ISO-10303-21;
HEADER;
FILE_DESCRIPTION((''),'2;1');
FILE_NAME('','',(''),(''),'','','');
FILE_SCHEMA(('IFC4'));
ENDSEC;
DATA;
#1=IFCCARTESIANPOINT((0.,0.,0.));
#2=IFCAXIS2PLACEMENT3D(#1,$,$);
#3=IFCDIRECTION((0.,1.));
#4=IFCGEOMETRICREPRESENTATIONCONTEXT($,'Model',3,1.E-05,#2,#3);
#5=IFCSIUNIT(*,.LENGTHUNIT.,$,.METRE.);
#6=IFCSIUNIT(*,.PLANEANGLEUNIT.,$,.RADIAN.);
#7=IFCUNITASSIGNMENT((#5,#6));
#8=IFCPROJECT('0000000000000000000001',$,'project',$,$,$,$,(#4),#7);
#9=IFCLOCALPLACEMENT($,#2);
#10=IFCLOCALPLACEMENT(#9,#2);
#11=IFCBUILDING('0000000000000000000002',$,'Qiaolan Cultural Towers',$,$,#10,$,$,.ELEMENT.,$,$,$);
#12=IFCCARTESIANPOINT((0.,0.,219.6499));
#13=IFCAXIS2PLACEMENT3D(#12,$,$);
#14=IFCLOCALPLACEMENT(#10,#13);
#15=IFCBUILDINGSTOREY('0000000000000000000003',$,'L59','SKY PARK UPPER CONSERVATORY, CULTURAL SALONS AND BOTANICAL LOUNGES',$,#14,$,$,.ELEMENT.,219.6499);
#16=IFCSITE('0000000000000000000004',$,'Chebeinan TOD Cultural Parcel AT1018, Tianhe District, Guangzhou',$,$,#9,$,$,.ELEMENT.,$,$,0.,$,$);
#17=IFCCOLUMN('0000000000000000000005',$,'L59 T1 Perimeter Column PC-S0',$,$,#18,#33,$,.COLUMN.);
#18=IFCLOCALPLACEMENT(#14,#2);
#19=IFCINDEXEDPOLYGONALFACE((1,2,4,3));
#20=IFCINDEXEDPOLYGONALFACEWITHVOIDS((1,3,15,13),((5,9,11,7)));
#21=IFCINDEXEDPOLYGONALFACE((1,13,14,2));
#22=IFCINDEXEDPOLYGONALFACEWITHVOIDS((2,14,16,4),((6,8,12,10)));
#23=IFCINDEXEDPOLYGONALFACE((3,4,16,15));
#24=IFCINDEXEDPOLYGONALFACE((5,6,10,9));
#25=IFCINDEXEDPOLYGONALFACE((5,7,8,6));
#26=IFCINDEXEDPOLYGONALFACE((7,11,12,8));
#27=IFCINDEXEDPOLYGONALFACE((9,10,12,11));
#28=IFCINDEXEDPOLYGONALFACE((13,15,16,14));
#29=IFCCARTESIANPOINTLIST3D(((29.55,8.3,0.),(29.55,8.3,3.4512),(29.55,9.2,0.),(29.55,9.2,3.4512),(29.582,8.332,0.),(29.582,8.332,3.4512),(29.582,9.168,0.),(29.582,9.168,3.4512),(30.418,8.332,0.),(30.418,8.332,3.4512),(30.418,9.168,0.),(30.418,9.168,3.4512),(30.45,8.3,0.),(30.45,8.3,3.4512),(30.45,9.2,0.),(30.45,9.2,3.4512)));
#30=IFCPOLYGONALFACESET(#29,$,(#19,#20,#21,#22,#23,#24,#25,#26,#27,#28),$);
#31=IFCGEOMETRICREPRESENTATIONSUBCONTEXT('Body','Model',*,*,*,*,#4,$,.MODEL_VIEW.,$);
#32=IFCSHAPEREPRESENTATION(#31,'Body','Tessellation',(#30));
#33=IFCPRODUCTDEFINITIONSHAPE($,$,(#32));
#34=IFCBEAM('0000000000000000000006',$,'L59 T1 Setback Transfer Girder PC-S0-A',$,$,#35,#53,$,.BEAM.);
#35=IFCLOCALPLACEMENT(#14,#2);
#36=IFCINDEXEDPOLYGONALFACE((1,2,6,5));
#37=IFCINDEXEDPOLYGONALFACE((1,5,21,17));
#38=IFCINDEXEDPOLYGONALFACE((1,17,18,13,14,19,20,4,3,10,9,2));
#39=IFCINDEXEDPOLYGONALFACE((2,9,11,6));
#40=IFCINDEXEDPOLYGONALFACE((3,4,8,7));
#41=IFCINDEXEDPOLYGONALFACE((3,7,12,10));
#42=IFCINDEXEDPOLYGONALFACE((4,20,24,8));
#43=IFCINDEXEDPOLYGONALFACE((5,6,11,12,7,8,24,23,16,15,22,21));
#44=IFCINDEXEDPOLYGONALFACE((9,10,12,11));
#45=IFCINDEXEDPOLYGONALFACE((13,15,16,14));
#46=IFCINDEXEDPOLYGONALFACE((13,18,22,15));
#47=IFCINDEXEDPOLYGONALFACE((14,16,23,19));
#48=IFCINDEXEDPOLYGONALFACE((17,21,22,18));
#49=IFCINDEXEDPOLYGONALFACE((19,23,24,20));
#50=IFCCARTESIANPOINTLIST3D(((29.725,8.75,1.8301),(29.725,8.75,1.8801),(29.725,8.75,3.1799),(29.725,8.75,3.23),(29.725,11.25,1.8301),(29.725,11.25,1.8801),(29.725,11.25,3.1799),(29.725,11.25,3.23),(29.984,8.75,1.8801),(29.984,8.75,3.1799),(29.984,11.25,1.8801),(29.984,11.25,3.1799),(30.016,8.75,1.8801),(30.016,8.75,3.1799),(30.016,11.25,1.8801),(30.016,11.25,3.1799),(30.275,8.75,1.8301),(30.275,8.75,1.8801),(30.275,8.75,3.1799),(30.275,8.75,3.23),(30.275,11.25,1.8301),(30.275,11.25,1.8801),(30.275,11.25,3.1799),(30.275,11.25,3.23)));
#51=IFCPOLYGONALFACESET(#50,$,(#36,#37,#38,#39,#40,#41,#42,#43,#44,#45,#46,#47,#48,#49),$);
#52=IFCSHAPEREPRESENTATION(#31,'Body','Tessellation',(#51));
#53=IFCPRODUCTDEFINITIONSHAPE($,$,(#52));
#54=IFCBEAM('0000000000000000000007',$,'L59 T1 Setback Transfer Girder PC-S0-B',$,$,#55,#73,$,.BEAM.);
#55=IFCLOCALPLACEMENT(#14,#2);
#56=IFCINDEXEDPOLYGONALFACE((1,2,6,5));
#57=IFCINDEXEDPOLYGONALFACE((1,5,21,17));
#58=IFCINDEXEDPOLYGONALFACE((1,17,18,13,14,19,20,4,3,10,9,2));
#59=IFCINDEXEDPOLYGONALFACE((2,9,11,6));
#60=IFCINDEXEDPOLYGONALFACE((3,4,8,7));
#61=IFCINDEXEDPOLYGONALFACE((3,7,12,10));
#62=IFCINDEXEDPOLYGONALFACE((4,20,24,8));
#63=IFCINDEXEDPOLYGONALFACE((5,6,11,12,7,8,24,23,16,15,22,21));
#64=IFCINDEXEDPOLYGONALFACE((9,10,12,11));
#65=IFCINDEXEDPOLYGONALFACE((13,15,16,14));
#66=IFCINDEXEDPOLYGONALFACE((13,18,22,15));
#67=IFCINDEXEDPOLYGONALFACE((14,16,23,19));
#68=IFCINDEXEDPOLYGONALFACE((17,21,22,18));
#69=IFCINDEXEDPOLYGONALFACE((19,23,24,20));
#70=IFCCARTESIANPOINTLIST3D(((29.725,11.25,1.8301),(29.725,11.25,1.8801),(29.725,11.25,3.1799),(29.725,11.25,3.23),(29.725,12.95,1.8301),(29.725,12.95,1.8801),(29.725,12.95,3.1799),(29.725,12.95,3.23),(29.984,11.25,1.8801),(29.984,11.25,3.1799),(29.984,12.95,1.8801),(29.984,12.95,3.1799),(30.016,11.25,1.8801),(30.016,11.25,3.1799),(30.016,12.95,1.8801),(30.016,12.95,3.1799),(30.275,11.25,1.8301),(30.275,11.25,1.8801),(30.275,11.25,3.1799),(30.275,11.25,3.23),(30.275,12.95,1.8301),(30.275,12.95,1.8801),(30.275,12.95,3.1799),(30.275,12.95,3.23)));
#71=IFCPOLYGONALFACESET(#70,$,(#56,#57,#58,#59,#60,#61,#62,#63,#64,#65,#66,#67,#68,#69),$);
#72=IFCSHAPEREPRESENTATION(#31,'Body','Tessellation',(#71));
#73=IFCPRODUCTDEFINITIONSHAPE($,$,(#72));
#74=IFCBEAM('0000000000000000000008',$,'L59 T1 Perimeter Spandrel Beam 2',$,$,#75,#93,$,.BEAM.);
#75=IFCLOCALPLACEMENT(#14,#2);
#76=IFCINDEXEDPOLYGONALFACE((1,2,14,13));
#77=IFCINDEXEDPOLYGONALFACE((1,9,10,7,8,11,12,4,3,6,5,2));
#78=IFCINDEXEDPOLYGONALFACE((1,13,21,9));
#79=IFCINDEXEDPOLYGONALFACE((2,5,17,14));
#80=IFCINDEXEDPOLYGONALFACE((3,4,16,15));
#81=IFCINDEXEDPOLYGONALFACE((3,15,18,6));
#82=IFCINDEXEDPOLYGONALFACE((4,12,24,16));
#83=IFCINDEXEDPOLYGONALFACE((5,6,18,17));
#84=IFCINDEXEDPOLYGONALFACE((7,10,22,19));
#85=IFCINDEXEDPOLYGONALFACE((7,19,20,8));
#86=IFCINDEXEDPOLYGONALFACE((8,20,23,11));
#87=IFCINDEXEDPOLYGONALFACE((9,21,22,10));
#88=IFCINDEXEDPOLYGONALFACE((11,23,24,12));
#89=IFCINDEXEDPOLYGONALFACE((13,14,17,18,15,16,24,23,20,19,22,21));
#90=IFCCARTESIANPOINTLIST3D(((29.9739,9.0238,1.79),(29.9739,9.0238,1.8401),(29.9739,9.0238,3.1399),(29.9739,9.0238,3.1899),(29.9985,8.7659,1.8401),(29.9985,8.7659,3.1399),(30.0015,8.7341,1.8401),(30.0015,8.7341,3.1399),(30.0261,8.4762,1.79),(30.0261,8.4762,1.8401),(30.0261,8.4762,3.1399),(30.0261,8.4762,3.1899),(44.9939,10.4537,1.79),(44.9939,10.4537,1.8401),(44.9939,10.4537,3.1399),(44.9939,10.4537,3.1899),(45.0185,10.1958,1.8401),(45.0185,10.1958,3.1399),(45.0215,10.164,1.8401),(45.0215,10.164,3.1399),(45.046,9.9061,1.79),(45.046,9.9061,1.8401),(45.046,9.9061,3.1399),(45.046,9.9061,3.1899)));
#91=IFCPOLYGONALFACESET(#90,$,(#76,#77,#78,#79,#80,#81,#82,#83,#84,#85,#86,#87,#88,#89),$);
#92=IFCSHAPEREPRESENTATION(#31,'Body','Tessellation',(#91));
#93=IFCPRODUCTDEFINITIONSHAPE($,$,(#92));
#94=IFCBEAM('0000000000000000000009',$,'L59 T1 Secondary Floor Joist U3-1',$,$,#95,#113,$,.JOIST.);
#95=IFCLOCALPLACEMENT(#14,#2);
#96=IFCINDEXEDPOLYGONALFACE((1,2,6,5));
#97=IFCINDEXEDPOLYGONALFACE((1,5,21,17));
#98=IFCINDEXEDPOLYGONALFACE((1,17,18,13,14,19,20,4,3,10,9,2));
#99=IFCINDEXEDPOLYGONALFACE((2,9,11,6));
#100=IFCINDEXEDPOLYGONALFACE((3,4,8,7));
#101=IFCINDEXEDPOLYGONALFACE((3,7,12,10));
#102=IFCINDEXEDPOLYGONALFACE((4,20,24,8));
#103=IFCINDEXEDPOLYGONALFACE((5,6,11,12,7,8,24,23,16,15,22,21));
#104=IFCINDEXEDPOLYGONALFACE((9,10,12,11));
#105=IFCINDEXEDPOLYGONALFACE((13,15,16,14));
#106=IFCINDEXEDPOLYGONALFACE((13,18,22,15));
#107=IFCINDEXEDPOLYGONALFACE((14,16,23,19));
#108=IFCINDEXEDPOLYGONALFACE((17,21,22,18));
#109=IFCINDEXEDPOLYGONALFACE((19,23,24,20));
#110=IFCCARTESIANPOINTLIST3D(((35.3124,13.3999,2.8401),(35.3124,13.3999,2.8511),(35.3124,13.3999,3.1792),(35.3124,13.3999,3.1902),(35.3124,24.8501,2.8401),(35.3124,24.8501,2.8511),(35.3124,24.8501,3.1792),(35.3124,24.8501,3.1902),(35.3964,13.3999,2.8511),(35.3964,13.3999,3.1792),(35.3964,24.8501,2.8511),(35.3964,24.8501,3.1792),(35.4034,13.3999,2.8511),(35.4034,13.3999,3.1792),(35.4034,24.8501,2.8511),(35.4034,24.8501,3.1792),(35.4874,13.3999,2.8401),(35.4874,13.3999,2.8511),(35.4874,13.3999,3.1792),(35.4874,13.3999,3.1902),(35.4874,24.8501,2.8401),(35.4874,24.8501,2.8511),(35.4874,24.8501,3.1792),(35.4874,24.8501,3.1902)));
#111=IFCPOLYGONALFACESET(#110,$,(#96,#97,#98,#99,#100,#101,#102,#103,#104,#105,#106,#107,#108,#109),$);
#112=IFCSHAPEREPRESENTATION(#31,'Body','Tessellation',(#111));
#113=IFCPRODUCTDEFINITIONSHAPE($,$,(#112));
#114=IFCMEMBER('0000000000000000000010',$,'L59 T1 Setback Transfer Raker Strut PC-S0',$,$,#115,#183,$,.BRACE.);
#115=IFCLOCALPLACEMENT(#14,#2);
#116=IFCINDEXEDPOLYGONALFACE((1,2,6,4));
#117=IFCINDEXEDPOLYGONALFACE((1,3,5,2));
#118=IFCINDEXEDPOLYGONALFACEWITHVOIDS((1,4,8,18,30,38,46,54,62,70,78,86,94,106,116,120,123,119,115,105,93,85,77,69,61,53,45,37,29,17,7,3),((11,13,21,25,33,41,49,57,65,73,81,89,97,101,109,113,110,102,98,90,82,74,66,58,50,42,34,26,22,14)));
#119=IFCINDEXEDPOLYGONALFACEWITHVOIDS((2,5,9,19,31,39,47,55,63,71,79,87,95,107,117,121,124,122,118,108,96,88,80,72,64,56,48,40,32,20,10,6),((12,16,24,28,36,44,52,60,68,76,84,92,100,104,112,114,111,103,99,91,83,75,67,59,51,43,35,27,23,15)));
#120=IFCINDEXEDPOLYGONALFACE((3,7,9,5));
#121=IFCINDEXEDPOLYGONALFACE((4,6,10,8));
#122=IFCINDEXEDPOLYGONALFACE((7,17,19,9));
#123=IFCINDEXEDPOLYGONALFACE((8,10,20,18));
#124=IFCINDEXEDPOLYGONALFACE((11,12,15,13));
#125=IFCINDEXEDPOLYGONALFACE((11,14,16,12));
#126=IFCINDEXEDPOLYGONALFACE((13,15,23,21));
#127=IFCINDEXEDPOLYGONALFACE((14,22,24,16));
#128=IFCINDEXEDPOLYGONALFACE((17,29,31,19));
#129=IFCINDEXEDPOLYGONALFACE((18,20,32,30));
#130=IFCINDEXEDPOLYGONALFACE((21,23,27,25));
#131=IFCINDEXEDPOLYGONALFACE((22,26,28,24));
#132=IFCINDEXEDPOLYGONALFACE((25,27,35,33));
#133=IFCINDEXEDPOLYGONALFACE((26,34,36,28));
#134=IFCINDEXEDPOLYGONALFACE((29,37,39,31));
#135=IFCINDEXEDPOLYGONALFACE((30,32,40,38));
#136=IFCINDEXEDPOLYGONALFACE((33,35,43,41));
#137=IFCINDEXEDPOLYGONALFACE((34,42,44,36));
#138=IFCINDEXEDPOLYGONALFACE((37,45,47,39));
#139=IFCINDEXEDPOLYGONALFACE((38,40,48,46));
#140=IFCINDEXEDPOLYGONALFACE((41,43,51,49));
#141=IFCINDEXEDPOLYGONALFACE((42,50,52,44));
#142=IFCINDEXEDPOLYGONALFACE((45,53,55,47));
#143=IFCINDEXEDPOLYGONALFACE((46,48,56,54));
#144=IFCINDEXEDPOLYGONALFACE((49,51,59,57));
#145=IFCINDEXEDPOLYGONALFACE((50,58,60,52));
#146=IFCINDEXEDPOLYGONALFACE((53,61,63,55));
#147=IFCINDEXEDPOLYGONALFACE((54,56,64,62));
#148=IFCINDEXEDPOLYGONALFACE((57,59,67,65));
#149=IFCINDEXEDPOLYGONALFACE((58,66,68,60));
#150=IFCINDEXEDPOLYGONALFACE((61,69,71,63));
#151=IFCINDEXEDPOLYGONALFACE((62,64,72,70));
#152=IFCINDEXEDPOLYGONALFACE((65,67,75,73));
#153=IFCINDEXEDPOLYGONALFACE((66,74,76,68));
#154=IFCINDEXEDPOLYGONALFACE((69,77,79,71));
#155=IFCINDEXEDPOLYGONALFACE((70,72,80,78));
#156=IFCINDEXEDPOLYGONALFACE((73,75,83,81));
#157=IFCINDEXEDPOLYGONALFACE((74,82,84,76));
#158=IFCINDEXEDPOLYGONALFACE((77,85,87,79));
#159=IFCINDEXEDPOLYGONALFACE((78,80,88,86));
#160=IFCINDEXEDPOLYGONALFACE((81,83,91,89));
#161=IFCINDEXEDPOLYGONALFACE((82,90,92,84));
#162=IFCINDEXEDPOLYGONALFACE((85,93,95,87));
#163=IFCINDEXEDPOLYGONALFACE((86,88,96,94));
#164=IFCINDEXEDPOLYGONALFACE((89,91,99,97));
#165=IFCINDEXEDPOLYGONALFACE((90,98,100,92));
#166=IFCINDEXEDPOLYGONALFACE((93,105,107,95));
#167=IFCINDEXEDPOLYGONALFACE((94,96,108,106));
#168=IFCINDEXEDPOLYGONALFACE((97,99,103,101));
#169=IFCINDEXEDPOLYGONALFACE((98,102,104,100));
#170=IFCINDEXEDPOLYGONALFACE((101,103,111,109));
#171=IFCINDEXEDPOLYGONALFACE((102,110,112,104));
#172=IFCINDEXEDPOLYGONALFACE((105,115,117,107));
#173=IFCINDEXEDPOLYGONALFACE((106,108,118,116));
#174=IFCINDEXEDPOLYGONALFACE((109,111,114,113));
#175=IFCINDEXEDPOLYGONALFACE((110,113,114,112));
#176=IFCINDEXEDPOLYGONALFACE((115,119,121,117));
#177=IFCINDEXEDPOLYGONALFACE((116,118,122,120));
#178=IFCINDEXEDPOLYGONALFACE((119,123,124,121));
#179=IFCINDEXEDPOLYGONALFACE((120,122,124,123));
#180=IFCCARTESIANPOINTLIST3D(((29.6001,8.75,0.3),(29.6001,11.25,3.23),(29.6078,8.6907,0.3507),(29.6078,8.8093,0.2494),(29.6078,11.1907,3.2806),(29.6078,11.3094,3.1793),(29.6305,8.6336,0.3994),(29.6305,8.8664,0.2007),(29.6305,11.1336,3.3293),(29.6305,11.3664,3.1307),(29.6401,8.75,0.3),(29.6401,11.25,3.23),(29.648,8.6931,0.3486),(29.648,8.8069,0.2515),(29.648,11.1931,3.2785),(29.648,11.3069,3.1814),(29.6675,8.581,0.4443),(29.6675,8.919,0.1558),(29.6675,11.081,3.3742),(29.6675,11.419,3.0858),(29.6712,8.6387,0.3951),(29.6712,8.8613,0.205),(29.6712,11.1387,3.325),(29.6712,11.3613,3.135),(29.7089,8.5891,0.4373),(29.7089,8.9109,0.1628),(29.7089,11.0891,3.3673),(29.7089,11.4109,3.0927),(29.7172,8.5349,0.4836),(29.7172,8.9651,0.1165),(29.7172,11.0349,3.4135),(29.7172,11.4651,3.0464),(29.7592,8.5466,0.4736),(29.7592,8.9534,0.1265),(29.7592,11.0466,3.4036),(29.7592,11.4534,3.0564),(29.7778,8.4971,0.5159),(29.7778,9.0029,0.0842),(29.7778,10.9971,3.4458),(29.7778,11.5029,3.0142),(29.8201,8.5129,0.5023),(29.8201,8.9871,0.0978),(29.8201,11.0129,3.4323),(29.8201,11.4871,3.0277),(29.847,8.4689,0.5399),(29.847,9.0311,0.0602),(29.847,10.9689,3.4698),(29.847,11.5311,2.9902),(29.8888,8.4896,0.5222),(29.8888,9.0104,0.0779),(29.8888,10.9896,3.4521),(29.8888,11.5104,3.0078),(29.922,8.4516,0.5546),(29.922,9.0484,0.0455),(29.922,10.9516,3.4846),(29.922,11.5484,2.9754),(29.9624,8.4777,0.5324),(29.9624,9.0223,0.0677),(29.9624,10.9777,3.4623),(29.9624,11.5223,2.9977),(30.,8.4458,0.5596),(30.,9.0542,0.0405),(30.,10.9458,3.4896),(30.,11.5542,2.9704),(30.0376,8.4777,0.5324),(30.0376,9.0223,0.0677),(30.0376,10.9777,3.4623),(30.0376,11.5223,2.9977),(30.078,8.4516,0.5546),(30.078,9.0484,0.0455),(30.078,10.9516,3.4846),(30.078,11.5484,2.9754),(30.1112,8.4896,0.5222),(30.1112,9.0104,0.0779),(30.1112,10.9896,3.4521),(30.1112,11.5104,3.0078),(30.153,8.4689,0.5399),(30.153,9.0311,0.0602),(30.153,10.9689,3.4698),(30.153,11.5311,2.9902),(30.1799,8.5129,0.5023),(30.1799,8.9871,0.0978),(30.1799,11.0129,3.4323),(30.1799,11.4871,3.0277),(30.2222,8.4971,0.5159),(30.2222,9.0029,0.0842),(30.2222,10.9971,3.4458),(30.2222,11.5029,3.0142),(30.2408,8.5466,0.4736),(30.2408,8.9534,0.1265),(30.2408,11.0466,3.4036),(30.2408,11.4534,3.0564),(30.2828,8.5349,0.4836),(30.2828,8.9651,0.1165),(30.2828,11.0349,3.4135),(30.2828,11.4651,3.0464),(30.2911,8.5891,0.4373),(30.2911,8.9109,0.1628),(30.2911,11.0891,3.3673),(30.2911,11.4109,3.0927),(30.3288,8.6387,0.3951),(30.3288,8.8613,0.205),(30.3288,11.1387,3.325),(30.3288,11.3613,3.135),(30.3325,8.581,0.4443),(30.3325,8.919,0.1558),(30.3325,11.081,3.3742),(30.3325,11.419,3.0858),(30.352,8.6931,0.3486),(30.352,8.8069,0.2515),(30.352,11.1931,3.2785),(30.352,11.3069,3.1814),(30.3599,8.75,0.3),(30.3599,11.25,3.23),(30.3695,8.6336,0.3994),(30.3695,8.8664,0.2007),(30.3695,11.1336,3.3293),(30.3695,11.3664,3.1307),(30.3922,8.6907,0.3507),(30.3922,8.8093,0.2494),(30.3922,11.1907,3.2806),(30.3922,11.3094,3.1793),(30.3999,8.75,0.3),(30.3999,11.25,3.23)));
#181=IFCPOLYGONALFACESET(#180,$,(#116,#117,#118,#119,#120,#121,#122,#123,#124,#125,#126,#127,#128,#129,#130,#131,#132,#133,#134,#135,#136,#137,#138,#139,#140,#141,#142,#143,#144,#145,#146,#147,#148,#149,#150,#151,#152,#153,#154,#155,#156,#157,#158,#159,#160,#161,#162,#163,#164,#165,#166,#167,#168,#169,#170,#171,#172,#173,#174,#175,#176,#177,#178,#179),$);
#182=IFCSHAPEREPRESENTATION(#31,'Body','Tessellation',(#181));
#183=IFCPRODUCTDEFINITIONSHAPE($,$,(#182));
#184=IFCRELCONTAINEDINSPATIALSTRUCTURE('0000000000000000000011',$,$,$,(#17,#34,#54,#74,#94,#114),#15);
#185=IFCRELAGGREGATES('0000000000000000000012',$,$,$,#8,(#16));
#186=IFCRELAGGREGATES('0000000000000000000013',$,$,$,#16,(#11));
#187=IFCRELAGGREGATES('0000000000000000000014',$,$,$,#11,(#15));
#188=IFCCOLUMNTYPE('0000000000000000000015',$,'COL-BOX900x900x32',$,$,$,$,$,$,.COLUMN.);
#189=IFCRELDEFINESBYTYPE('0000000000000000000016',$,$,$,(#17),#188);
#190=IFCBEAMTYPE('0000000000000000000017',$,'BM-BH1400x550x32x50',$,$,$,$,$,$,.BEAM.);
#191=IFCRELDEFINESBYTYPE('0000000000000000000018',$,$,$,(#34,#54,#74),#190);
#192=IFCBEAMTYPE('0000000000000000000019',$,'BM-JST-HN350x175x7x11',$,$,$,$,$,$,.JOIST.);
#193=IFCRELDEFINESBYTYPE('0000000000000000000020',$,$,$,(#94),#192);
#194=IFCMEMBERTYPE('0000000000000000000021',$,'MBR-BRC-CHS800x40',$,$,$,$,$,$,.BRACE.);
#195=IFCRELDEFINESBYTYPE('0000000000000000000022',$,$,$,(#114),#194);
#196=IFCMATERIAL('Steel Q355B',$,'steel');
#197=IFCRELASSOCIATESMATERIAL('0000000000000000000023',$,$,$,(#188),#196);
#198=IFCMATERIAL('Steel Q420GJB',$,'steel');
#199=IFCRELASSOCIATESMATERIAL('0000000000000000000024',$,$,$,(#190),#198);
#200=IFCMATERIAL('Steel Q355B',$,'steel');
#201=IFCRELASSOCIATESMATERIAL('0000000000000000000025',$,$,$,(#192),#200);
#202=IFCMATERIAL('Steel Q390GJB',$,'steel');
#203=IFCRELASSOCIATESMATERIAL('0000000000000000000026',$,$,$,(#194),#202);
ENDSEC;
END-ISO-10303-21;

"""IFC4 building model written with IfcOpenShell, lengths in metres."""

from ifc_helpers import new_model, si_unit, direction, frame, origin, origin_2d, place, context, subcontext, project, spatial, hollow_rectangle, hollow_circle, i_section, extrude, material, material_profile, profile_set, type_object, element, save


model = new_model("IFC4")

# Units and contexts
model_context = context("Model", 3, precision=1e-05, world=origin(), true_north=direction((0.0, 1.0)))
body_context = subcontext(model_context, "Body", "Model", "MODEL_VIEW")
ifc_project = project(units=[si_unit("LENGTHUNIT", "METRE"), si_unit("PLANEANGLEUNIT", "RADIAN")], contexts=[model_context])

# Site, building, storey
site_placement = place(None, origin())
site = spatial("IfcSite", under=ifc_project, at=site_placement, Name="Chebeinan TOD Cultural Parcel AT1018, Tianhe District, Guangzhou", CompositionType="ELEMENT", RefElevation=0.0)
building_placement = place(site_placement, origin())
building = spatial("IfcBuilding", under=site, at=building_placement, Name="Qiaolan Cultural Towers", CompositionType="ELEMENT")
storey_placement = place(building_placement, frame((0.0, 0.0, 219.6499)))
storey = spatial("IfcBuildingStorey", under=building, at=storey_placement, Name="L59", Description="SKY PARK UPPER CONSERVATORY, CULTURAL SALONS AND BOTANICAL LOUNGES", CompositionType="ELEMENT", Elevation=219.6499)

# Column
ifc_material_1 = material(Name="Steel Q355B", Category="steel")
ifc_material_profile_1 = material_profile(ifc_material_1, hollow_rectangle(XDim=0.8999, YDim=0.8999, WallThickness=0.032, at=origin_2d()), Name="BOX900x900x32")
ifc_profile_set_1 = profile_set([ifc_material_profile_1], Name="Steel Q355B")
column_type = type_object("IfcColumnType", Name="COL-BOX900x900x32", PredefinedType="COLUMN", material=ifc_profile_set_1)
column_placement = place(storey_placement, frame((30.0, 8.75, 0.0), z_axis=(0.0, 0.0, 1.0), x_axis=(1.0, 0.0, 0.0)))
element("IfcColumn", 1, at=column_placement, inside=storey, type_object=column_type, Name="L59 T1 Perimeter Column PC-S0", PredefinedType="COLUMN", context=body_context, shape_type="SweptSolid", body=[
    extrude(hollow_rectangle(XDim=0.8999, YDim=0.8999, WallThickness=0.032, at=origin_2d()), origin(), (0.0, 0.0, 1.0), 3.4512),
])

# Beams
ifc_material_2 = material(Name="Steel Q420GJB", Category="steel")
ifc_material_profile_2 = material_profile(ifc_material_2, i_section(OverallWidth=0.55, OverallDepth=1.3999, WebThickness=0.032, FlangeThickness=0.05, at=origin_2d()), Name="BH1400x550x32x50")
ifc_profile_set_2 = profile_set([ifc_material_profile_2], Name="Steel Q420GJB")
beam_type_1 = type_object("IfcBeamType", Name="BM-BH1400x550x32x50", PredefinedType="BEAM", material=ifc_profile_set_2)
beam_1_placement = place(storey_placement, frame((30.0, 8.75, 2.53), z_axis=(0.0, 1.0, 0.0), x_axis=(-1.0, 0.0, 0.0)))
element("IfcBeam", 2, at=beam_1_placement, inside=storey, type_object=beam_type_1, Name="L59 T1 Setback Transfer Girder PC-S0-A", PredefinedType="BEAM", context=body_context, shape_type="SweptSolid", body=[
    extrude(i_section(OverallWidth=0.55, OverallDepth=1.3999, WebThickness=0.032, FlangeThickness=0.05, at=origin_2d()), origin(), (0.0, 0.0, 1.0), 2.5),
])
beam_2_placement = place(storey_placement, frame((30.0, 11.25, 2.53), z_axis=(0.0, 1.0, 0.0), x_axis=(-1.0, 0.0, 0.0)))
element("IfcBeam", 3, at=beam_2_placement, inside=storey, type_object=beam_type_1, Name="L59 T1 Setback Transfer Girder PC-S0-B", PredefinedType="BEAM", context=body_context, shape_type="SweptSolid", body=[
    extrude(i_section(OverallWidth=0.55, OverallDepth=1.3999, WebThickness=0.032, FlangeThickness=0.05, at=origin_2d()), origin(), (0.0, 0.0, 1.0), 1.7),
])
beam_3_placement = place(storey_placement, frame((30.0, 8.75, 2.49), z_axis=(0.995499, 0.094773, 0.0), x_axis=(-0.094773, 0.995499, 0.0)))
element("IfcBeam", 4, at=beam_3_placement, inside=storey, type_object=beam_type_1, Name="L59 T1 Perimeter Spandrel Beam 2", PredefinedType="BEAM", context=body_context, shape_type="SweptSolid", body=[
    extrude(i_section(OverallWidth=0.55, OverallDepth=1.3999, WebThickness=0.032, FlangeThickness=0.05, at=origin_2d()), origin(), (0.0, 0.0, 1.0), 15.0879),
])
ifc_material_3 = material(Name="Steel Q355B", Category="steel")
ifc_material_profile_3 = material_profile(ifc_material_3, i_section(OverallWidth=0.175, OverallDepth=0.3501, WebThickness=0.0071, FlangeThickness=0.011, at=origin_2d()), Name="HN350x175x7x11")
ifc_profile_set_3 = profile_set([ifc_material_profile_3], Name="Steel Q355B")
beam_type_2 = type_object("IfcBeamType", Name="BM-JST-HN350x175x7x11", PredefinedType="JOIST", material=ifc_profile_set_3)
beam_4_placement = place(storey_placement, frame((35.3999, 13.3999, 3.0151), z_axis=(0.0, 1.0, 0.0), x_axis=(-1.0, 0.0, 0.0)))
element("IfcBeam", 5, at=beam_4_placement, inside=storey, type_object=beam_type_2, Name="L59 T1 Secondary Floor Joist U3-1", PredefinedType="JOIST", context=body_context, shape_type="SweptSolid", body=[
    extrude(i_section(OverallWidth=0.175, OverallDepth=0.3501, WebThickness=0.0071, FlangeThickness=0.011, at=origin_2d()), origin(), (0.0, 0.0, 1.0), 11.4502),
])

# Member
ifc_material_4 = material(Name="Steel Q390GJB", Category="steel")
ifc_material_profile_4 = material_profile(ifc_material_4, hollow_circle(Radius=0.3999, WallThickness=0.04, at=origin_2d()), Name="CHS800x40")
ifc_profile_set_4 = profile_set([ifc_material_profile_4], Name="Steel Q390GJB")
member_type = type_object("IfcMemberType", Name="MBR-BRC-CHS800x40", PredefinedType="BRACE", material=ifc_profile_set_4)
member_placement = place(storey_placement, frame((30.0, 8.75, 0.3), z_axis=(0.0, 0.649088, 0.760713), x_axis=(-1.0, 0.0, 0.0)))
element("IfcMember", 6, at=member_placement, inside=storey, type_object=member_type, Name="L59 T1 Setback Transfer Raker Strut PC-S0", PredefinedType="BRACE", context=body_context, shape_type="SweptSolid", body=[
    extrude(hollow_circle(Radius=0.3999, WallThickness=0.04, at=origin_2d()), origin(), (0.0, 0.0, 1.0), 3.8516),
])

save(model, "model.ifc")
